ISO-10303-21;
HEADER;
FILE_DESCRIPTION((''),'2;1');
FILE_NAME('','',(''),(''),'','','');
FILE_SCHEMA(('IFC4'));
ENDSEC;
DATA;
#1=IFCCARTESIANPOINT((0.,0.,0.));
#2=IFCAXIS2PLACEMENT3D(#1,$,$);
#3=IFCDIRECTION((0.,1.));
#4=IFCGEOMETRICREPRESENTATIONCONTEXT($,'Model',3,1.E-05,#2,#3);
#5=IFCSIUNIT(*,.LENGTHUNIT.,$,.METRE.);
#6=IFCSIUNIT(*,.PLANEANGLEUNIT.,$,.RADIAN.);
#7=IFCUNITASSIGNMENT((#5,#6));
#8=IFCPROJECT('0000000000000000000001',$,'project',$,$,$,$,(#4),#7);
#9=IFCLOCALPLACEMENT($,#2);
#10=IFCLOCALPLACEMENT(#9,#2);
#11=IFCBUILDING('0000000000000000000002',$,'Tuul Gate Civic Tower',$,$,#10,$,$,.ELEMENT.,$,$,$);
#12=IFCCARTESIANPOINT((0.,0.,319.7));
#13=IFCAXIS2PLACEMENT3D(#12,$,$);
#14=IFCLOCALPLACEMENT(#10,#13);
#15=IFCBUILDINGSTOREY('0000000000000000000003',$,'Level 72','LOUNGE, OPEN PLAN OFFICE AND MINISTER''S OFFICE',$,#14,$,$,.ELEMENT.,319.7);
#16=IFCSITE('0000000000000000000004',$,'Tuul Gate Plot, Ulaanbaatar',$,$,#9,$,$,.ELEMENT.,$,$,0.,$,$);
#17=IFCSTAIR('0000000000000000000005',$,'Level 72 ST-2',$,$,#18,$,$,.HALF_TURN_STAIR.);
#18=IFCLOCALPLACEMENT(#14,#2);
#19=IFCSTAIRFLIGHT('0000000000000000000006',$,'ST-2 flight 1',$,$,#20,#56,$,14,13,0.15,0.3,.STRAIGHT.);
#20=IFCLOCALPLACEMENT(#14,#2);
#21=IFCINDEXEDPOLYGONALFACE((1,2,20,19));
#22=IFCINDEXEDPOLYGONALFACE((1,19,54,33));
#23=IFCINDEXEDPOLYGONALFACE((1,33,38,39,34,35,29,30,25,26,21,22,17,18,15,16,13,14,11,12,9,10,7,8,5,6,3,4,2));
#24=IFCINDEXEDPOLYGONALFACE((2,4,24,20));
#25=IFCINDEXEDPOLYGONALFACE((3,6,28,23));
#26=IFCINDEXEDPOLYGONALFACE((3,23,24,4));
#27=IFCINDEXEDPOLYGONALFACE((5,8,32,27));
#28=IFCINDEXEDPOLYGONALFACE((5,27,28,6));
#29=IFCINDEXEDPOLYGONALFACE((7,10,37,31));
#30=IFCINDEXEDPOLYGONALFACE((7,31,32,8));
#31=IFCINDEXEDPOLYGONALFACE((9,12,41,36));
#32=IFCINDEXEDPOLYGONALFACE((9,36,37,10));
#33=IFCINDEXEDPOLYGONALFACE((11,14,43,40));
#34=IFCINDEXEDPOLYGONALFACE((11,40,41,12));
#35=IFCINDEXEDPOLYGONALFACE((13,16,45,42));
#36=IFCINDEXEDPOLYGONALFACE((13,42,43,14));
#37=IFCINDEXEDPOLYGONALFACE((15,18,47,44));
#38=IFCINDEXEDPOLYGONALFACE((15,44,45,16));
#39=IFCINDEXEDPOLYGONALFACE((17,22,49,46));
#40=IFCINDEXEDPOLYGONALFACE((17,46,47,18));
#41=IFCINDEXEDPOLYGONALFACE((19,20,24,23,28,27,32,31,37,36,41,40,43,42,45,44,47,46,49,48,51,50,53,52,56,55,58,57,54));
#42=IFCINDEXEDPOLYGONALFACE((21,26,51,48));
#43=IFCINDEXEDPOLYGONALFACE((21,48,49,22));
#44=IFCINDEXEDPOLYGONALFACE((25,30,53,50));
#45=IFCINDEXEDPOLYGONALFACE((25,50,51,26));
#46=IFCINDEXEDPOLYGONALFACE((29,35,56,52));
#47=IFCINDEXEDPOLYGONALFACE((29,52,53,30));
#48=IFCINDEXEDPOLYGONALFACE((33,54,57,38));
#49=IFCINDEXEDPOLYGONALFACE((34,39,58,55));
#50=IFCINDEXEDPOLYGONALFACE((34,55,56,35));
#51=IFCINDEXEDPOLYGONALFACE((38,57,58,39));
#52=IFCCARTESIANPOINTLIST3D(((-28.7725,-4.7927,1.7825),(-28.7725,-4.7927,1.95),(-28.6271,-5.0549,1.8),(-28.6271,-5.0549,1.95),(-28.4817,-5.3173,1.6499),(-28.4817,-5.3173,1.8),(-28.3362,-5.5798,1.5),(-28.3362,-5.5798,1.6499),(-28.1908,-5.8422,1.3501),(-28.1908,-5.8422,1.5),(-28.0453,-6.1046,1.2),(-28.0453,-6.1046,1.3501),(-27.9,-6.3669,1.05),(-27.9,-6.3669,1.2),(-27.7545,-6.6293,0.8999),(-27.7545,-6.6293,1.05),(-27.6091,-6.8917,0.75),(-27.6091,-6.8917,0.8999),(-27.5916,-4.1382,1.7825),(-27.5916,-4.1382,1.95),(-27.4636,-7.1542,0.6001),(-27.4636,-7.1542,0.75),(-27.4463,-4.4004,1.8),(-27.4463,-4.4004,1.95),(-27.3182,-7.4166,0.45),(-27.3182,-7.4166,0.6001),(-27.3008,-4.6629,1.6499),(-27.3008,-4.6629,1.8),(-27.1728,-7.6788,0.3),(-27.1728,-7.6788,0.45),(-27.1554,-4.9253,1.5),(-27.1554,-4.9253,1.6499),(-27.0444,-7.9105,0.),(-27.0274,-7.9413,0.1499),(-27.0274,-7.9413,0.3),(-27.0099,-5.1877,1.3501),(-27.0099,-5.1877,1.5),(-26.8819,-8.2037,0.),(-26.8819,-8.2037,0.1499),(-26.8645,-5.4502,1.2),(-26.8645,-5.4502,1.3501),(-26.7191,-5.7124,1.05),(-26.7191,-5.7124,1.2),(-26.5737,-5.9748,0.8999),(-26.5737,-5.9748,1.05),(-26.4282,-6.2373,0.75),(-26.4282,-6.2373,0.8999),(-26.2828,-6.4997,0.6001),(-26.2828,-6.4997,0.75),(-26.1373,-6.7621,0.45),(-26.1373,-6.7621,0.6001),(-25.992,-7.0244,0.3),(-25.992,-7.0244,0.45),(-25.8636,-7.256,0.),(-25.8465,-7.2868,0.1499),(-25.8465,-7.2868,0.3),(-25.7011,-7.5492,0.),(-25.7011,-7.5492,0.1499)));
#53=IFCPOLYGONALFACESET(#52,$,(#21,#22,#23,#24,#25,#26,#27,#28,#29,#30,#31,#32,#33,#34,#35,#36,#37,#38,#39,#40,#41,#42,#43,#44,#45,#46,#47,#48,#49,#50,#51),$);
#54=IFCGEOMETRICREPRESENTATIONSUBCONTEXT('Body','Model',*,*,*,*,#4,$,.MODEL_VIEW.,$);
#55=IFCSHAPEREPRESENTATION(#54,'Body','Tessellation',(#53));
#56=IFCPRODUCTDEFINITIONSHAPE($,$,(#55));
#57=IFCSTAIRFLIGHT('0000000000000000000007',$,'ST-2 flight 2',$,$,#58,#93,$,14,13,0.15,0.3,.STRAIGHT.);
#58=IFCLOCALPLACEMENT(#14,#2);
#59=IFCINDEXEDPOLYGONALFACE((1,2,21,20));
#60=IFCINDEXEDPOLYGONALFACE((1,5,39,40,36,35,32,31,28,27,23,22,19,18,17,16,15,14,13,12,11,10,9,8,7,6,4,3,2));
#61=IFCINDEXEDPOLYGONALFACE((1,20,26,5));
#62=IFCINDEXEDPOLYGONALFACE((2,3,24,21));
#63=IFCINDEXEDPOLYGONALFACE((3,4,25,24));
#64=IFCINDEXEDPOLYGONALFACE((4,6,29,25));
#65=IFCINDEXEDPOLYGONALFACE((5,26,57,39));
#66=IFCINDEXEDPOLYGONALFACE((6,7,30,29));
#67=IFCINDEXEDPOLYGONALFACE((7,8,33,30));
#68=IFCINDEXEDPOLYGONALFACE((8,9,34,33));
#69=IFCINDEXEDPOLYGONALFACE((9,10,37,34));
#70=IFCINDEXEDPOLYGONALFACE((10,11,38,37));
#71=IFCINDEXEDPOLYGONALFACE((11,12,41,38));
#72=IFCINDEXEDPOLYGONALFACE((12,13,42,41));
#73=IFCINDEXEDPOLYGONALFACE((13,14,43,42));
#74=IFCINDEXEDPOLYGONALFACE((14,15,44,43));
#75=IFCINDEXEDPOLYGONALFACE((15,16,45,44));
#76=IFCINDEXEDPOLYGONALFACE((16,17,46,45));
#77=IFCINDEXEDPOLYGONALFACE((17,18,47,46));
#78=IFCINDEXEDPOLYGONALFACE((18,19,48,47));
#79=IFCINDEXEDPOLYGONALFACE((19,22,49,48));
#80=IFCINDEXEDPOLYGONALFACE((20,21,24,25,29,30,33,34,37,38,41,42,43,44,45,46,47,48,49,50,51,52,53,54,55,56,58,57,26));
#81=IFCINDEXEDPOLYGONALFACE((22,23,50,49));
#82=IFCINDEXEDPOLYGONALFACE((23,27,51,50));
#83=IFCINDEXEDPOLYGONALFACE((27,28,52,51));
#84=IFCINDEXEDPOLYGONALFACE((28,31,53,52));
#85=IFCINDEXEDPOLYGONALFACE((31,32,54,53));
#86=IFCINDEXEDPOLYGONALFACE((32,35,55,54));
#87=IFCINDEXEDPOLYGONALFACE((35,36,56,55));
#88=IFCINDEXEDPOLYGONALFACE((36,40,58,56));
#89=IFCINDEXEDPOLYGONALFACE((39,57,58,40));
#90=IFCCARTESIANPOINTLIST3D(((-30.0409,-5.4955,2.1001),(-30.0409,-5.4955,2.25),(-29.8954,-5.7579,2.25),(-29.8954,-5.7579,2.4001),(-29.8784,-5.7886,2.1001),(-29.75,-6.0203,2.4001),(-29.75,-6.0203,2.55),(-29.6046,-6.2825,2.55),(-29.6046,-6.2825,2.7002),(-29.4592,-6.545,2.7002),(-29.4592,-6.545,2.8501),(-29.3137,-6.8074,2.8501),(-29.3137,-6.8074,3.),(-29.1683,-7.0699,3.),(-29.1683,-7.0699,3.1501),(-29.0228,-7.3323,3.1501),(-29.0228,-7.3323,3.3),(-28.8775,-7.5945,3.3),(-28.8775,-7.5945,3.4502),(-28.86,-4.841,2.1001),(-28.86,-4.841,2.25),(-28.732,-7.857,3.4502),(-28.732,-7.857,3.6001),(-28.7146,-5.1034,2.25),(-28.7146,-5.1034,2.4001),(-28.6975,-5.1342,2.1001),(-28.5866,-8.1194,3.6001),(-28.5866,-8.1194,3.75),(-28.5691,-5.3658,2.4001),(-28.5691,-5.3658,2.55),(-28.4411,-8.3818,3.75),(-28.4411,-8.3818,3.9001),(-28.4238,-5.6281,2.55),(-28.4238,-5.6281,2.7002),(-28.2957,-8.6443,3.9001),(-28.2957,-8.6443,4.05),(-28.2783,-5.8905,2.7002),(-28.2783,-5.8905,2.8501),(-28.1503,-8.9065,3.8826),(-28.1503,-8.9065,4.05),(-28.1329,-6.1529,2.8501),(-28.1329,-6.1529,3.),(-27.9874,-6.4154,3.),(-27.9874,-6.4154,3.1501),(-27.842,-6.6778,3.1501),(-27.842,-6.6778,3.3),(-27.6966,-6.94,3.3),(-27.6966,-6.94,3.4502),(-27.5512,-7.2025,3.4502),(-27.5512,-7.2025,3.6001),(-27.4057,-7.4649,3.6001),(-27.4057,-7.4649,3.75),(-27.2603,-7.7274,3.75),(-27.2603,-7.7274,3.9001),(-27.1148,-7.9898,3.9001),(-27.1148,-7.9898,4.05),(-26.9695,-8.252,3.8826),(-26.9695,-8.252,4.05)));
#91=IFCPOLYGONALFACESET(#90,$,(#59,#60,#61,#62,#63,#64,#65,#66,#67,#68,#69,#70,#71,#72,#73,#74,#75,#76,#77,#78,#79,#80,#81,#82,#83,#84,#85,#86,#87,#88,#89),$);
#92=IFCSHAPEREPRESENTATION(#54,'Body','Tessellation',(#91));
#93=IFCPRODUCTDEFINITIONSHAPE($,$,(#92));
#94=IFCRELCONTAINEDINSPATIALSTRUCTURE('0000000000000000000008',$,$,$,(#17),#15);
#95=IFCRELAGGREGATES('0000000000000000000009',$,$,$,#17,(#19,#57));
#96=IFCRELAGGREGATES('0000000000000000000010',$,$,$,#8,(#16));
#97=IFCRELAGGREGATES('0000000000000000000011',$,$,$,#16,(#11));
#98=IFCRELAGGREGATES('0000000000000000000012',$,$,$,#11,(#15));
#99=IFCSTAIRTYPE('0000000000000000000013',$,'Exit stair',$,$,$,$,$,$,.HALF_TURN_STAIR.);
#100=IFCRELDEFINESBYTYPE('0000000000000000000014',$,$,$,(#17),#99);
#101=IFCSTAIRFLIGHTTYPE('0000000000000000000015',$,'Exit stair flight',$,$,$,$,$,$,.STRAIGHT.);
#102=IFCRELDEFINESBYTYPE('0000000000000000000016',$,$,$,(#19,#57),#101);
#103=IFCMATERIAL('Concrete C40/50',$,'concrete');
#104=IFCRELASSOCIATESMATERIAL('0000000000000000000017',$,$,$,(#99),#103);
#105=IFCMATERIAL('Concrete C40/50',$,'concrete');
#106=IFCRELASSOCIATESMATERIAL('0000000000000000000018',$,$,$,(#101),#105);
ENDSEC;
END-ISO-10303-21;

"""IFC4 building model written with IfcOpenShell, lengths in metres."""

from ifc_helpers import new_model, si_unit, direction, frame, origin, place, context, subcontext, project, spatial, polyline, outline, extrude, material, type_object, element, aggregate, save


model = new_model("IFC4")

# Units and contexts
model_context = context("Model", 3, precision=1e-05, world=origin(), true_north=direction((0.0, 1.0)))
body_context = subcontext(model_context, "Body", "Model", "MODEL_VIEW")
ifc_project = project(units=[si_unit("LENGTHUNIT", "METRE"), si_unit("PLANEANGLEUNIT", "RADIAN")], contexts=[model_context])

# Site, building, storey
site_placement = place(None, origin())
site = spatial("IfcSite", under=ifc_project, at=site_placement, Name="Tuul Gate Plot, Ulaanbaatar", CompositionType="ELEMENT", RefElevation=0.0)
building_placement = place(site_placement, origin())
building = spatial("IfcBuilding", under=site, at=building_placement, Name="Tuul Gate Civic Tower", CompositionType="ELEMENT")
storey_placement = place(building_placement, frame((0.0, 0.0, 319.7)))
storey = spatial("IfcBuildingStorey", under=building, at=storey_placement, Name="Level 72", Description="LOUNGE, OPEN PLAN OFFICE AND MINISTER'S OFFICE", CompositionType="ELEMENT", Elevation=319.7)

# Stair, stair flights
ifc_material_1 = material(Name="Concrete C40/50", Category="concrete")
stair_type = type_object("IfcStairType", Name="Exit stair", PredefinedType="HALF_TURN_STAIR", material=ifc_material_1)
stair_placement = place(storey_placement, origin())
stair = element("IfcStair", 1, at=stair_placement, inside=storey, type_object=stair_type, Name="Level 72 ST-2", PredefinedType="HALF_TURN_STAIR")
ifc_material_2 = material(Name="Concrete C40/50", Category="concrete")
stair_flight_type = type_object("IfcStairFlightType", Name="Exit stair flight", PredefinedType="STRAIGHT", material=ifc_material_2)
stair_flight_1_placement = place(storey_placement, frame((-26.2915, -7.8765, 0.0), z_axis=(0.0, 0.0, 1.0), x_axis=(-0.484762, 0.874646, 0.0)))
stair_flight_1 = element("IfcStairFlight", 2, at=stair_flight_1_placement, type_object=stair_flight_type, Name="ST-2 flight 1", NumberOfRisers=14, NumberOfTreads=13, PredefinedType="STRAIGHT", RiserHeight=0.15, TreadLength=0.3, context=body_context, shape_type="SweptSolid", body=[
    extrude(outline(polyline([(0.0, 0.0), (0.0, 0.1499), (0.3, 0.1499), (0.3, 0.3), (0.6001, 0.3), (0.6001, 0.45), (0.8999, 0.45), (0.8999, 0.6001), (1.2, 0.6001), (1.2, 0.75), (1.5, 0.75), (1.5, 0.8999), (1.8, 0.8999), (1.8, 1.05), (2.1001, 1.05), (2.1001, 1.2), (2.3999, 1.2), (2.3999, 1.3501), (2.7, 1.3501), (2.7, 1.5), (3.0, 1.5), (3.0, 1.6499), (3.3, 1.6499), (3.3, 1.8), (3.6001, 1.8), (3.6001, 1.95), (3.8999, 1.95), (3.8999, 2.1001), (3.8999, 1.7825), (0.3352, 0.0), (0.0, 0.0)])), frame((0.0, 0.675, 0.0), z_axis=(0.0, -1.0, 0.0), x_axis=(1.0, 0.0, 0.0)), (0.0, 0.0, 1.0), 1.3501),
])
stair_flight_2_placement = place(storey_placement, frame((-29.4504, -5.1682, 2.1001), z_axis=(0.0, 0.0, 1.0), x_axis=(0.484762, -0.874646, 0.0)))
stair_flight_2 = element("IfcStairFlight", 3, at=stair_flight_2_placement, type_object=stair_flight_type, Name="ST-2 flight 2", NumberOfRisers=14, NumberOfTreads=13, PredefinedType="STRAIGHT", RiserHeight=0.15, TreadLength=0.3, context=body_context, shape_type="SweptSolid", body=[
    extrude(outline(polyline([(0.0, 0.0), (0.0, 0.1499), (0.3, 0.1499), (0.3, 0.3), (0.6001, 0.3), (0.6001, 0.45), (0.8999, 0.45), (0.8999, 0.6001), (1.2, 0.6001), (1.2, 0.75), (1.5, 0.75), (1.5, 0.8999), (1.8, 0.8999), (1.8, 1.05), (2.1001, 1.05), (2.1001, 1.2), (2.3999, 1.2), (2.3999, 1.3501), (2.7, 1.3501), (2.7, 1.5), (3.0, 1.5), (3.0, 1.6499), (3.3, 1.6499), (3.3, 1.8), (3.6001, 1.8), (3.6001, 1.95), (3.8999, 1.95), (3.8999, 2.1001), (3.8999, 1.7825), (0.3352, 0.0), (0.0, 0.0)])), frame((0.0, 0.675, 0.0), z_axis=(0.0, -1.0, 0.0), x_axis=(1.0, 0.0, 0.0)), (0.0, 0.0, 1.0), 1.3501),
])
aggregate(stair, [stair_flight_1, stair_flight_2])

save(model, "model.ifc")
